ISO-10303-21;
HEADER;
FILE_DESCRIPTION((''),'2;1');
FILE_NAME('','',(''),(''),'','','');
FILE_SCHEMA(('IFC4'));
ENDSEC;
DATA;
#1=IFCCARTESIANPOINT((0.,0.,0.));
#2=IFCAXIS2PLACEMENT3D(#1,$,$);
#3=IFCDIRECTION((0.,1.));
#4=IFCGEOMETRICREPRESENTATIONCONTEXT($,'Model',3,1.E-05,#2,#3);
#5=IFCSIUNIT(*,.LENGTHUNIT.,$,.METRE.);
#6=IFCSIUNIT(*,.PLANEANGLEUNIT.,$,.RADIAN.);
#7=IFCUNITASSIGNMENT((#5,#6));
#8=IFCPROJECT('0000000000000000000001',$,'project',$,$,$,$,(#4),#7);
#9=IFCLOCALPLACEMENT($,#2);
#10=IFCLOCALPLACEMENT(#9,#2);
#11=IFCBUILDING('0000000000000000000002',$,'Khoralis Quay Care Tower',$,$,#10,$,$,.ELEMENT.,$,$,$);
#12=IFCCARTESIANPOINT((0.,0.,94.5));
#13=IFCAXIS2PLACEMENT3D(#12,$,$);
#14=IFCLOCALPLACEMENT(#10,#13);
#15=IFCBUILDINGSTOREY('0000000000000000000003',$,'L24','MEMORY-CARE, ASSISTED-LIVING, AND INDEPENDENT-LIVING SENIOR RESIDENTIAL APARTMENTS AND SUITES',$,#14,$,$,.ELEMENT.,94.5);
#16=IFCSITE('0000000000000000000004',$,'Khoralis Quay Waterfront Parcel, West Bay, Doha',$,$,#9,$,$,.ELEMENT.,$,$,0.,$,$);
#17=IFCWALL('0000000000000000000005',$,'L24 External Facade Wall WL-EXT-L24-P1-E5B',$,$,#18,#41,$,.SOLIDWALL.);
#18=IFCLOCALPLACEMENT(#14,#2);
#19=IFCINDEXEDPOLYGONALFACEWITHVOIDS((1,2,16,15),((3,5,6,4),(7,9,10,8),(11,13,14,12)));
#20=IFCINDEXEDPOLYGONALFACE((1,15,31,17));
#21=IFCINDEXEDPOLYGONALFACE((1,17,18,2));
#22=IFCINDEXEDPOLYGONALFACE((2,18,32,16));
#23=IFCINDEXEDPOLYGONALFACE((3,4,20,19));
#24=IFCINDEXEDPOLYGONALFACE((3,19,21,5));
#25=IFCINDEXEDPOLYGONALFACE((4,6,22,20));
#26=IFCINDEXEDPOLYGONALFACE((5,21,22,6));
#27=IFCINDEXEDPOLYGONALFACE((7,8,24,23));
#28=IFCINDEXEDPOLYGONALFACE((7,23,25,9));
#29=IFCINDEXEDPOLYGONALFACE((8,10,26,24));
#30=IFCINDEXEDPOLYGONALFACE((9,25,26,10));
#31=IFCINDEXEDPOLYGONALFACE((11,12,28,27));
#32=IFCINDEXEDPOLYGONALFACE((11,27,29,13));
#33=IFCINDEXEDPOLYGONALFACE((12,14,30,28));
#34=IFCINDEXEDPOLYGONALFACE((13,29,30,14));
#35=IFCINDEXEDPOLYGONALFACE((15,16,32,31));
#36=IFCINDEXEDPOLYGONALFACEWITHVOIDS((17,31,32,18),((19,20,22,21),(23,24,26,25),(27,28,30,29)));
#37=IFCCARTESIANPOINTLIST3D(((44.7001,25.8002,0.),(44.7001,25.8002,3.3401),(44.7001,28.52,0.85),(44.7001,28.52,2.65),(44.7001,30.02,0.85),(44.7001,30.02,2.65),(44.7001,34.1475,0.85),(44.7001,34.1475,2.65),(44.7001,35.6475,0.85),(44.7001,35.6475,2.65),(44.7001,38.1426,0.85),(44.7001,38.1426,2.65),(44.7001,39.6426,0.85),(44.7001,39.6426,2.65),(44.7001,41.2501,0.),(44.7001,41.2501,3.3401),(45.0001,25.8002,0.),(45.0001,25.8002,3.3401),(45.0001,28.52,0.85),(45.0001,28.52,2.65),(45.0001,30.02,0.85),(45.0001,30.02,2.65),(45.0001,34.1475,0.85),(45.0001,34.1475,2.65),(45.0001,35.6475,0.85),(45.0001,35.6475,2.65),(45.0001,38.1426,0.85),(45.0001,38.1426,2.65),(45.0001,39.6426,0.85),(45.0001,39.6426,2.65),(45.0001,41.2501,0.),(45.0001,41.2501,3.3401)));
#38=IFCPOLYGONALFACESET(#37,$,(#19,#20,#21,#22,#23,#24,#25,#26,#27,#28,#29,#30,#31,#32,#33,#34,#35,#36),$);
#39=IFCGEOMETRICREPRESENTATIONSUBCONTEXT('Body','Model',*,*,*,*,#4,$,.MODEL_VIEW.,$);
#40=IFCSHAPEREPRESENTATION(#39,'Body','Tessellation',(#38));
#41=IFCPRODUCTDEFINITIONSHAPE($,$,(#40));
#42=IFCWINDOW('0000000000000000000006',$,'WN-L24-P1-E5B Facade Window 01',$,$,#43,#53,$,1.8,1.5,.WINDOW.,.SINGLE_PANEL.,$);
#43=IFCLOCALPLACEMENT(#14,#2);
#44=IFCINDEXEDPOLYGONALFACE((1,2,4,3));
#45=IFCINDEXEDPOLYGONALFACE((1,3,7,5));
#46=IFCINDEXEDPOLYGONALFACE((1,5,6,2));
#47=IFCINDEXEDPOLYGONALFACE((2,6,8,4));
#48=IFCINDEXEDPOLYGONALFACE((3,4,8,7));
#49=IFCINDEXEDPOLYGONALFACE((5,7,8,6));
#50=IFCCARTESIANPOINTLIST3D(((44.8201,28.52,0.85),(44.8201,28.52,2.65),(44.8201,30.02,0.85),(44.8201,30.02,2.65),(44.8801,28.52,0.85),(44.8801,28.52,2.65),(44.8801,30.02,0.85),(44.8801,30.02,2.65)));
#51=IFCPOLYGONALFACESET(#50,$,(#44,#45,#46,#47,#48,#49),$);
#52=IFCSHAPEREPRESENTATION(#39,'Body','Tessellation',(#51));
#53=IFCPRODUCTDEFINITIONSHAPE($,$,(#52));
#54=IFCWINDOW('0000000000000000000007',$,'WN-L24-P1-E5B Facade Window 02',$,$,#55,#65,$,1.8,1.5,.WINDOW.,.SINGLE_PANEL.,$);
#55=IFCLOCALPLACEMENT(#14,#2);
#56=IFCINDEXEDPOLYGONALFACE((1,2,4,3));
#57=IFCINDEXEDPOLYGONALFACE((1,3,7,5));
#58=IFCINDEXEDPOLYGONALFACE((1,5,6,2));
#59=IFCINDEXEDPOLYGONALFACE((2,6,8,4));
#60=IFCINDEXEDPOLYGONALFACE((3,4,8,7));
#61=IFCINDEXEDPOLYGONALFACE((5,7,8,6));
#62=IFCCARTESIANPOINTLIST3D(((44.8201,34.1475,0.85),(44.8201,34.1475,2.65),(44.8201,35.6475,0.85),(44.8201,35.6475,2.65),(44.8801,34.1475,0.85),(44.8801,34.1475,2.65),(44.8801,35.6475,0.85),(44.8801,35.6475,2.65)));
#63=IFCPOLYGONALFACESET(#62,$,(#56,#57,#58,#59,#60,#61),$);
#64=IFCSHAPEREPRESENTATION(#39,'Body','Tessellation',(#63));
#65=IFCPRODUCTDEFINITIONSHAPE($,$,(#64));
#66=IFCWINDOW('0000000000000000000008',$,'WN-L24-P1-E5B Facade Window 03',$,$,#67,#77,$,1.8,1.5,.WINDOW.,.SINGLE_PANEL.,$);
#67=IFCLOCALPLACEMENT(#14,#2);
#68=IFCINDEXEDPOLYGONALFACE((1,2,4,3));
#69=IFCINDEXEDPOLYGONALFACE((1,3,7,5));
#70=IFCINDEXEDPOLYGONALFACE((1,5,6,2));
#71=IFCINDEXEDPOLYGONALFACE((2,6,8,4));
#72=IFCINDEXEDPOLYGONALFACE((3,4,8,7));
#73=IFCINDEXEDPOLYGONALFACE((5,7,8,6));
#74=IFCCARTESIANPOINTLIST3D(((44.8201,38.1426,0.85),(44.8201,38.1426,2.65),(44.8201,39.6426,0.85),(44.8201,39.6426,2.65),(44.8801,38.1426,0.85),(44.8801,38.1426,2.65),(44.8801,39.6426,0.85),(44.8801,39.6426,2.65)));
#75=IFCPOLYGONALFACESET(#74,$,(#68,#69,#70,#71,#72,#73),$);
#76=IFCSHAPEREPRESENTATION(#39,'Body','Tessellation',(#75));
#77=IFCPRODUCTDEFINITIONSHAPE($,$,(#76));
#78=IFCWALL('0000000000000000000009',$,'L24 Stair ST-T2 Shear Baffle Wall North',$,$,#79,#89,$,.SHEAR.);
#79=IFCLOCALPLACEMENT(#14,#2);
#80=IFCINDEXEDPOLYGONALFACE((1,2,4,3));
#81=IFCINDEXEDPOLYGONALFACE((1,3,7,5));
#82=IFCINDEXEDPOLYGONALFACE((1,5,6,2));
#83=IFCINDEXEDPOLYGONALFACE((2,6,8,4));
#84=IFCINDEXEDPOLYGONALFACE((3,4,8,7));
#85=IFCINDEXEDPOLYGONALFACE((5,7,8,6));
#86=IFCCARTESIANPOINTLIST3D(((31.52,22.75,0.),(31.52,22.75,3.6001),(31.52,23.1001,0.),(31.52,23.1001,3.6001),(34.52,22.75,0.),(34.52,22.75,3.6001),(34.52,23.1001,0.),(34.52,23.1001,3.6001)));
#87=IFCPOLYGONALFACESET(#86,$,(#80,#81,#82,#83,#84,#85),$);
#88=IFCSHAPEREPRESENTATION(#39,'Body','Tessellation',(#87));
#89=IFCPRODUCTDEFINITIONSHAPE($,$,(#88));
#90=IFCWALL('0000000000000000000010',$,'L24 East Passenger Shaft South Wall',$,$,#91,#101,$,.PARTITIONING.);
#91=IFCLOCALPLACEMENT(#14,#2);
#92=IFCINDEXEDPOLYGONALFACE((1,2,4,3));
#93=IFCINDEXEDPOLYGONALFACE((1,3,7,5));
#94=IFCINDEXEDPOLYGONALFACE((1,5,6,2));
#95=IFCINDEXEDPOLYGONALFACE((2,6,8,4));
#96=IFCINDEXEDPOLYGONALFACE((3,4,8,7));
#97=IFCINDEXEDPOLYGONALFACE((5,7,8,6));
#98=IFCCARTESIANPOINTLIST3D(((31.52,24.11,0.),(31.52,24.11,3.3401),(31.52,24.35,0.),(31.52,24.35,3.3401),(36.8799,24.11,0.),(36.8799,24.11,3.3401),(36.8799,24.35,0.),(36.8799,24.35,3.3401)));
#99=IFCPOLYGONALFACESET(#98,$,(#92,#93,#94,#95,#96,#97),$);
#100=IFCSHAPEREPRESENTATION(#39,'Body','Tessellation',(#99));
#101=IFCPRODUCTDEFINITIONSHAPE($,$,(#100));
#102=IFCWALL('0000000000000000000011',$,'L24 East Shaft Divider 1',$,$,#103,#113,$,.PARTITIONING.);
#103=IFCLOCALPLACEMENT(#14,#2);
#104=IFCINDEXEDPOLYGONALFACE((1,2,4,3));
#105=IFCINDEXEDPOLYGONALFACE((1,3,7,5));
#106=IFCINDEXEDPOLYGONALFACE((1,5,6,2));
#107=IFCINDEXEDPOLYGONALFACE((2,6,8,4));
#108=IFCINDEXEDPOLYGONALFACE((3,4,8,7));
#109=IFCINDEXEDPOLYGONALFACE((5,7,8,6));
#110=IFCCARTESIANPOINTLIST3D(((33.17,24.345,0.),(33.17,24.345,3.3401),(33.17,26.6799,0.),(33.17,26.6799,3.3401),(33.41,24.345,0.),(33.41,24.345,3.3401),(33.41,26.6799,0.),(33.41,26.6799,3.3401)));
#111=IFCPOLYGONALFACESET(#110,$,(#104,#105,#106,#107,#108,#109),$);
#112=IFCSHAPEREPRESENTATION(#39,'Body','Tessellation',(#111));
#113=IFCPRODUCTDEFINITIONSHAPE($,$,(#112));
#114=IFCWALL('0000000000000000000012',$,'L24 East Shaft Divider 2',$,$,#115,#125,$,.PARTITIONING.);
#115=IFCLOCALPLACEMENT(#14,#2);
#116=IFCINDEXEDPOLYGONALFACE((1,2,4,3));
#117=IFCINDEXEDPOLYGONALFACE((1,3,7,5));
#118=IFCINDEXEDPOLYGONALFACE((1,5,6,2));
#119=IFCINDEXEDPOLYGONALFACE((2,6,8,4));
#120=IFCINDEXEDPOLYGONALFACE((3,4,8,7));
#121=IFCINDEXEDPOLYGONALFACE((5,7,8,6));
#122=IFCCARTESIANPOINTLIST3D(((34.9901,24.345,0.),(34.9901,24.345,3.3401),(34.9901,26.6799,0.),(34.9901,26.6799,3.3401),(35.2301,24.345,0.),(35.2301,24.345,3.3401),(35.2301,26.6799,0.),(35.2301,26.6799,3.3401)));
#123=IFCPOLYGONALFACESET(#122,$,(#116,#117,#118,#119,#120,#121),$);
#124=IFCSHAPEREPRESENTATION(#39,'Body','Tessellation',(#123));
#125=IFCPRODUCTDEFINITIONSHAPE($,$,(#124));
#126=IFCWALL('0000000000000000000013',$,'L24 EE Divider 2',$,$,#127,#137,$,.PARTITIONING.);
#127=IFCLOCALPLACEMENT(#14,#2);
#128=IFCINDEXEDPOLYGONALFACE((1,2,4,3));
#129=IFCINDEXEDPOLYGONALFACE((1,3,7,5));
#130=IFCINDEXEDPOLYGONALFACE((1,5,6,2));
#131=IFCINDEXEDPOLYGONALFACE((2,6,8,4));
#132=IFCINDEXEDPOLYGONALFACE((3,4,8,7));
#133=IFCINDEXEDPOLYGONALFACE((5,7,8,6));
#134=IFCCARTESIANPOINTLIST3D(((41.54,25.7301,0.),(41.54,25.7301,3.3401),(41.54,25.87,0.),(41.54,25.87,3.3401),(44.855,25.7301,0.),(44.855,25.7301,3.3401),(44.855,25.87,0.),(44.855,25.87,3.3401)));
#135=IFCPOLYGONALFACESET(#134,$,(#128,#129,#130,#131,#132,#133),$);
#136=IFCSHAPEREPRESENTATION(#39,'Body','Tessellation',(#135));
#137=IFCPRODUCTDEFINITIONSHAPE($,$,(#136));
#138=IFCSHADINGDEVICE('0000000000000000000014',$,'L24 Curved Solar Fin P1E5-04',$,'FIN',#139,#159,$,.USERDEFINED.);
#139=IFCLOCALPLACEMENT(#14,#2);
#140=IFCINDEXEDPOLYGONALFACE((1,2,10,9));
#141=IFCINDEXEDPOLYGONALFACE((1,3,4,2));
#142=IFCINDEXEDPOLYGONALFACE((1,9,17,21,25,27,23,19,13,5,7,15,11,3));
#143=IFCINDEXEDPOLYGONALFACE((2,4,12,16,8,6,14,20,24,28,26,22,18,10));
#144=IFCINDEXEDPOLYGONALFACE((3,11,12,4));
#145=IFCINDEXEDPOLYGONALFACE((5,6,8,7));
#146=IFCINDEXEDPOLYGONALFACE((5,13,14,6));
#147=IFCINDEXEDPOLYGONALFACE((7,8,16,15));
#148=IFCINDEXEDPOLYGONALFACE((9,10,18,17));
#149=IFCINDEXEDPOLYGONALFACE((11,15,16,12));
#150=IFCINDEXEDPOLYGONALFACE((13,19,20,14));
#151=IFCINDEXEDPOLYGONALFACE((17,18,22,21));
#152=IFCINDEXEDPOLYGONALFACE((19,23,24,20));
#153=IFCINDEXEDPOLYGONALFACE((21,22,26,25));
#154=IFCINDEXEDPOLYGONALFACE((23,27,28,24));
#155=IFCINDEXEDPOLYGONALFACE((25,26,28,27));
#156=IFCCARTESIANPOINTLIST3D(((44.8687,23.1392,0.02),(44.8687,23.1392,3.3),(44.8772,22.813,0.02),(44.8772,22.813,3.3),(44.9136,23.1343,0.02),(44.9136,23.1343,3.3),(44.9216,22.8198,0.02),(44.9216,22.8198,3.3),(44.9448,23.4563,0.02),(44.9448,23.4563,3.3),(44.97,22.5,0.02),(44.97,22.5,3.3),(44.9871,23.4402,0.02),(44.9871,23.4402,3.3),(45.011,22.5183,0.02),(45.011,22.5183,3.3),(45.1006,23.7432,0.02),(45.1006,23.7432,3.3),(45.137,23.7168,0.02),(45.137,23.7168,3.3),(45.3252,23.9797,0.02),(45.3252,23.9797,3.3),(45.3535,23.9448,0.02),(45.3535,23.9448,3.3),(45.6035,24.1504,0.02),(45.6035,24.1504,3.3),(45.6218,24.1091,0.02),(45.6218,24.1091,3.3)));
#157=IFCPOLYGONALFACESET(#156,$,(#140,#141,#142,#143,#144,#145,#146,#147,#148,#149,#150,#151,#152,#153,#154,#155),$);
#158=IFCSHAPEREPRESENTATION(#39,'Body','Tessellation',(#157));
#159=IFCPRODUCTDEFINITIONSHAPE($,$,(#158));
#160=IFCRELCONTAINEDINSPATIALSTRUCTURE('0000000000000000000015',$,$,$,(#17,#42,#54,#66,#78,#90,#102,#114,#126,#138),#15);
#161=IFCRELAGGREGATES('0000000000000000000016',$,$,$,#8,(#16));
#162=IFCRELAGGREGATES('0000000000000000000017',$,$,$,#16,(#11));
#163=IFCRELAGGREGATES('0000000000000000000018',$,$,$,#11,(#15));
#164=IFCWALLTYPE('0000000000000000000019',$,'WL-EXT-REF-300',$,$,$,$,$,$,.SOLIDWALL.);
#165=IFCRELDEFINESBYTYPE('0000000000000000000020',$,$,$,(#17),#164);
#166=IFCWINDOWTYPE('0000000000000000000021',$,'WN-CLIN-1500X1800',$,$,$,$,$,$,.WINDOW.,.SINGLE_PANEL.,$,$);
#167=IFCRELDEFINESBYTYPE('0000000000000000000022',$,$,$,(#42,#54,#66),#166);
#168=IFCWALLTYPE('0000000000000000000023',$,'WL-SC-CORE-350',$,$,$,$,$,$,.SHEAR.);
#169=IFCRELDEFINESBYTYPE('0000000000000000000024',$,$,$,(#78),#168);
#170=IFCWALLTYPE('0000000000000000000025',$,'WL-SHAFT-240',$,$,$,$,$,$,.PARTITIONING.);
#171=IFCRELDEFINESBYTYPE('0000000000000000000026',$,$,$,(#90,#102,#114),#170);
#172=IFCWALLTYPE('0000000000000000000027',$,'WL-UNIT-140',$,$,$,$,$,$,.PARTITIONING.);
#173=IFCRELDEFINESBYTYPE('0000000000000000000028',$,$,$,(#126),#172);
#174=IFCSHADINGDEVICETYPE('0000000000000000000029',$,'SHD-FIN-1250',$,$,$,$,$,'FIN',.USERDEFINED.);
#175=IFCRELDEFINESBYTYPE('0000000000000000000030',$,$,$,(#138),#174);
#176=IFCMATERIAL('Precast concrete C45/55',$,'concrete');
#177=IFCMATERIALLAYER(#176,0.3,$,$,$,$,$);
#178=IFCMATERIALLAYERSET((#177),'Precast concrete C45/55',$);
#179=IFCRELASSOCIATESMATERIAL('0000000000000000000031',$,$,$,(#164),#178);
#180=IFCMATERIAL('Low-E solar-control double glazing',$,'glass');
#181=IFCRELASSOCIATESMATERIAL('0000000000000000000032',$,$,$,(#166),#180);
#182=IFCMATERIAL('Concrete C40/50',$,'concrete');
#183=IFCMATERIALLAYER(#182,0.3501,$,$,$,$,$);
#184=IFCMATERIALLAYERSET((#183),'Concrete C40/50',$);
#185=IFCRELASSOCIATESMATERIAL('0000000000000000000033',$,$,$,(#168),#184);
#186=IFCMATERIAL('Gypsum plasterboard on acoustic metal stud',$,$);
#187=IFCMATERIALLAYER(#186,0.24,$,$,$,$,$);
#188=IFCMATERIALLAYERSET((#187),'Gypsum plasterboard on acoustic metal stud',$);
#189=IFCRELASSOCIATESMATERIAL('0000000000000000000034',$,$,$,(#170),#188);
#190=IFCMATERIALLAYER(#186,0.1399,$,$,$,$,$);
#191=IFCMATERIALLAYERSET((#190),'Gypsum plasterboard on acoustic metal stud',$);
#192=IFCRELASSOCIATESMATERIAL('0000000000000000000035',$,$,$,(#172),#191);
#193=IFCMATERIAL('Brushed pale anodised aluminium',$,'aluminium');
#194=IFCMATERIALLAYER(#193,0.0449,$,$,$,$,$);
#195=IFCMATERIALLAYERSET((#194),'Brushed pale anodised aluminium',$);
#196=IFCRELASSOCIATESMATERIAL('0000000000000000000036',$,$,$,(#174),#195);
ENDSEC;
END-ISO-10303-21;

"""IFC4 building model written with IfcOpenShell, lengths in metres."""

from ifc_helpers import new_model, si_unit, direction, frame, frame_2d, origin, place, context, subcontext, project, spatial, polyline, rectangle, outline, extrude, source, transform, mapped, material, layer, layer_set, type_object, element, fill, save


model = new_model("IFC4")

# Units and contexts
model_context = context("Model", 3, precision=1e-05, world=origin(), true_north=direction((0.0, 1.0)))
body_context = subcontext(model_context, "Body", "Model", "MODEL_VIEW")
ifc_project = project(units=[si_unit("LENGTHUNIT", "METRE"), si_unit("PLANEANGLEUNIT", "RADIAN")], contexts=[model_context])

# Site, building, storey
site_placement = place(None, origin())
site = spatial("IfcSite", under=ifc_project, at=site_placement, Name="Khoralis Quay Waterfront Parcel, West Bay, Doha", CompositionType="ELEMENT", RefElevation=0.0)
building_placement = place(site_placement, origin())
building = spatial("IfcBuilding", under=site, at=building_placement, Name="Khoralis Quay Care Tower", CompositionType="ELEMENT")
storey_placement = place(building_placement, frame((0.0, 0.0, 94.5)))
storey = spatial("IfcBuildingStorey", under=building, at=storey_placement, Name="L24", Description="MEMORY-CARE, ASSISTED-LIVING, AND INDEPENDENT-LIVING SENIOR RESIDENTIAL APARTMENTS AND SUITES", CompositionType="ELEMENT", Elevation=94.5)

# Shared definitions
ifc_material_1 = material(Name="Low-E solar-control double glazing", Category="glass")

# Wall, openings, windows
ifc_material_2 = material(Name="Precast concrete C45/55", Category="concrete")
ifc_layer_1 = layer(ifc_material_2, 0.3)
ifc_layer_set_1 = layer_set([ifc_layer_1], Name="Precast concrete C45/55")
wall_type_1 = type_object("IfcWallType", Name="WL-EXT-REF-300", PredefinedType="SOLIDWALL", material=ifc_layer_set_1)
wall_1_placement = place(storey_placement, frame((44.8501, 25.8, 0.0), z_axis=(0.0, 0.0, 1.0), x_axis=(0.0, 1.0, 0.0)))
wall_1 = element("IfcWall", 1, at=wall_1_placement, inside=storey, type_object=wall_type_1, Name="L24 External Facade Wall WL-EXT-L24-P1-E5B", PredefinedType="SOLIDWALL", context=body_context, shape_type="SweptSolid", body=[
    extrude(rectangle(XDim=15.45, YDim=0.3, at=frame_2d((7.7251, 0.0))), origin(), (0.0, 0.0, 1.0), 3.3401),
])
opening_1_placement = place(wall_1_placement, frame((2.72, 0.0, 0.8501)))
opening_1 = element("IfcOpeningElement", 2, at=opening_1_placement, cuts=wall_1, PredefinedType="OPENING", context=body_context, shape_type="SweptSolid", body=[
    extrude(rectangle(XDim=1.5, YDim=1.8, at=frame_2d((0.75, 0.8999))), frame((0.0, 0.1602, 0.0), z_axis=(0.0, -1.0, 0.0), x_axis=(1.0, 0.0, 0.0)), (0.0, 0.0, 1.0), 0.3201),
])
opening_2_placement = place(wall_1_placement, frame((8.3474, 0.0, 0.8501)))
opening_2 = element("IfcOpeningElement", 3, at=opening_2_placement, cuts=wall_1, PredefinedType="OPENING", context=body_context, shape_type="SweptSolid", body=[
    extrude(rectangle(XDim=1.5, YDim=1.8, at=frame_2d((0.75, 0.8999))), frame((0.0, 0.1602, 0.0), z_axis=(0.0, -1.0, 0.0), x_axis=(1.0, 0.0, 0.0)), (0.0, 0.0, 1.0), 0.3201),
])
opening_3_placement = place(wall_1_placement, frame((12.3425, 0.0, 0.8501)))
opening_3 = element("IfcOpeningElement", 4, at=opening_3_placement, cuts=wall_1, PredefinedType="OPENING", context=body_context, shape_type="SweptSolid", body=[
    extrude(rectangle(XDim=1.5, YDim=1.8, at=frame_2d((0.75, 0.8999))), frame((0.0, 0.1602, 0.0), z_axis=(0.0, -1.0, 0.0), x_axis=(1.0, 0.0, 0.0)), (0.0, 0.0, 1.0), 0.3201),
])
window_type = type_object("IfcWindowType", Name="WN-CLIN-1500X1800", PartitioningType="SINGLE_PANEL", PredefinedType="WINDOW", material=ifc_material_1)
shared_shape_1 = source(origin(), body_context, "Body", "SweptSolid", [
    extrude(rectangle(XDim=1.5, YDim=1.8, at=frame_2d((0.75, 0.8999))), frame((0.0, 0.03, 0.0), z_axis=(0.0, -1.0, 0.0), x_axis=(1.0, 0.0, 0.0)), (0.0, 0.0, 1.0), 0.0601),
])
window_1_placement = place(opening_1_placement, origin())
window_1 = element("IfcWindow", 5, at=window_1_placement, inside=storey, type_object=window_type, Name="WN-L24-P1-E5B Facade Window 01", OverallHeight=1.8, OverallWidth=1.5, PartitioningType="SINGLE_PANEL", PredefinedType="WINDOW", context=body_context, shape_type="MappedRepresentation", body=[
    mapped(shared_shape_1, transform((0.0, 0.0, 0.0), scale=1.0)),
])
fill(opening_1, window_1)
window_2_placement = place(opening_2_placement, origin())
window_2 = element("IfcWindow", 6, at=window_2_placement, inside=storey, type_object=window_type, Name="WN-L24-P1-E5B Facade Window 02", OverallHeight=1.8, OverallWidth=1.5, PartitioningType="SINGLE_PANEL", PredefinedType="WINDOW", context=body_context, shape_type="MappedRepresentation", body=[
    mapped(shared_shape_1, transform((0.0, 0.0, 0.0), scale=1.0)),
])
fill(opening_2, window_2)
window_3_placement = place(opening_3_placement, origin())
window_3 = element("IfcWindow", 7, at=window_3_placement, inside=storey, type_object=window_type, Name="WN-L24-P1-E5B Facade Window 03", OverallHeight=1.8, OverallWidth=1.5, PartitioningType="SINGLE_PANEL", PredefinedType="WINDOW", context=body_context, shape_type="MappedRepresentation", body=[
    mapped(shared_shape_1, transform((0.0, 0.0, 0.0), scale=1.0)),
])
fill(opening_3, window_3)

# Walls
ifc_material_3 = material(Name="Concrete C40/50", Category="concrete")
ifc_layer_2 = layer(ifc_material_3, 0.3501)
ifc_layer_set_2 = layer_set([ifc_layer_2], Name="Concrete C40/50")
wall_type_2 = type_object("IfcWallType", Name="WL-SC-CORE-350", PredefinedType="SHEAR", material=ifc_layer_set_2)
wall_2_placement = place(storey_placement, frame((31.52, 22.925, 0.0), z_axis=(0.0, 0.0, 1.0), x_axis=(1.0, 0.0, 0.0)))
element("IfcWall", 8, at=wall_2_placement, inside=storey, type_object=wall_type_2, Name="L24 Stair ST-T2 Shear Baffle Wall North", PredefinedType="SHEAR", context=body_context, shape_type="SweptSolid", body=[
    extrude(rectangle(XDim=3.0, YDim=0.3501, at=frame_2d((1.5, 0.0))), origin(), (0.0, 0.0, 1.0), 3.6001),
])
ifc_material_4 = material(Name="Gypsum plasterboard on acoustic metal stud")
ifc_layer_3 = layer(ifc_material_4, 0.24)
ifc_layer_set_3 = layer_set([ifc_layer_3], Name="Gypsum plasterboard on acoustic metal stud")
wall_type_3 = type_object("IfcWallType", Name="WL-SHAFT-240", PredefinedType="PARTITIONING", material=ifc_layer_set_3)
wall_3_placement = place(storey_placement, frame((31.52, 24.23, 0.0), z_axis=(0.0, 0.0, 1.0), x_axis=(1.0, 0.0, 0.0)))
element("IfcWall", 9, at=wall_3_placement, inside=storey, type_object=wall_type_3, Name="L24 East Passenger Shaft South Wall", PredefinedType="PARTITIONING", context=body_context, shape_type="SweptSolid", body=[
    extrude(rectangle(XDim=5.3599, YDim=0.24, at=frame_2d((2.6799, 0.0))), origin(), (0.0, 0.0, 1.0), 3.3401),
])
for number, where, z_axis, x_axis, name in (
    (10, (33.29, 24.345, 0.0), (0.0, 0.0, 1.0), (0.0, 1.0, 0.0), "L24 East Shaft Divider 1"),
    (11, (35.1101, 24.345, 0.0), (0.0, 0.0, 1.0), (0.0, 1.0, 0.0), "L24 East Shaft Divider 2"),
):
    element("IfcWall", number, at=place(storey_placement, frame(where, z_axis=z_axis, x_axis=x_axis)), inside=storey, type_object=wall_type_3, Name=name, PredefinedType="PARTITIONING", context=body_context, shape_type="SweptSolid", body=[
        extrude(rectangle(XDim=2.335, YDim=0.24, at=frame_2d((1.1675, 0.0))), origin(), (0.0, 0.0, 1.0), 3.3401),
    ])
ifc_layer_4 = layer(ifc_material_4, 0.1399)
ifc_layer_set_4 = layer_set([ifc_layer_4], Name="Gypsum plasterboard on acoustic metal stud")
wall_type_4 = type_object("IfcWallType", Name="WL-UNIT-140", PredefinedType="PARTITIONING", material=ifc_layer_set_4)
wall_4_placement = place(storey_placement, frame((41.54, 25.8, 0.0), z_axis=(0.0, 0.0, 1.0), x_axis=(1.0, 0.0, 0.0)))
element("IfcWall", 12, at=wall_4_placement, inside=storey, type_object=wall_type_4, Name="L24 EE Divider 2", PredefinedType="PARTITIONING", context=body_context, shape_type="SweptSolid", body=[
    extrude(rectangle(XDim=3.3149, YDim=0.1399, at=frame_2d((1.6575, 0.0))), origin(), (0.0, 0.0, 1.0), 3.3401),
])

# Shading device
ifc_material_5 = material(Name="Brushed pale anodised aluminium", Category="aluminium")
ifc_layer_5 = layer(ifc_material_5, 0.0449)
ifc_layer_set_5 = layer_set([ifc_layer_5], Name="Brushed pale anodised aluminium")
shading_device_type = type_object("IfcShadingDeviceType", Name="SHD-FIN-1250", ElementType="FIN", PredefinedType="USERDEFINED", material=ifc_layer_set_5)
shared_shape_2 = source(origin(), body_context, "Body", "SweptSolid", [
    extrude(outline(polyline([(0.0, 0.0), (-0.0928, 0.313), (-0.1013, 0.6392), (-0.0251, 0.9563), (0.1306, 1.2432), (0.3552, 1.4797), (0.6335, 1.6504), (0.6519, 1.6091), (0.3835, 1.4448), (0.167, 1.2168), (0.0171, 0.9402), (-0.0564, 0.6343), (-0.0483, 0.3198), (0.041, 0.0183), (0.0, 0.0)])), origin(), (0.0, 0.0, 1.0), 3.28),
])
for number, where, z_axis, x_axis, name in (
    (13, (44.97, 22.5, 0.02), (0.0, 0.0, 1.0), (1.0, 0.0, 0.0), "L24 Curved Solar Fin P1E5-04"),
):
    element("IfcShadingDevice", number, at=place(storey_placement, frame(where, z_axis=z_axis, x_axis=x_axis)), inside=storey, type_object=shading_device_type, Name=name, ObjectType="FIN", PredefinedType="USERDEFINED", context=body_context, shape_type="MappedRepresentation", body=[
        mapped(shared_shape_2, transform((0.0, 0.0, 0.0), scale=1.0)),
    ])

save(model, "model.ifc")
